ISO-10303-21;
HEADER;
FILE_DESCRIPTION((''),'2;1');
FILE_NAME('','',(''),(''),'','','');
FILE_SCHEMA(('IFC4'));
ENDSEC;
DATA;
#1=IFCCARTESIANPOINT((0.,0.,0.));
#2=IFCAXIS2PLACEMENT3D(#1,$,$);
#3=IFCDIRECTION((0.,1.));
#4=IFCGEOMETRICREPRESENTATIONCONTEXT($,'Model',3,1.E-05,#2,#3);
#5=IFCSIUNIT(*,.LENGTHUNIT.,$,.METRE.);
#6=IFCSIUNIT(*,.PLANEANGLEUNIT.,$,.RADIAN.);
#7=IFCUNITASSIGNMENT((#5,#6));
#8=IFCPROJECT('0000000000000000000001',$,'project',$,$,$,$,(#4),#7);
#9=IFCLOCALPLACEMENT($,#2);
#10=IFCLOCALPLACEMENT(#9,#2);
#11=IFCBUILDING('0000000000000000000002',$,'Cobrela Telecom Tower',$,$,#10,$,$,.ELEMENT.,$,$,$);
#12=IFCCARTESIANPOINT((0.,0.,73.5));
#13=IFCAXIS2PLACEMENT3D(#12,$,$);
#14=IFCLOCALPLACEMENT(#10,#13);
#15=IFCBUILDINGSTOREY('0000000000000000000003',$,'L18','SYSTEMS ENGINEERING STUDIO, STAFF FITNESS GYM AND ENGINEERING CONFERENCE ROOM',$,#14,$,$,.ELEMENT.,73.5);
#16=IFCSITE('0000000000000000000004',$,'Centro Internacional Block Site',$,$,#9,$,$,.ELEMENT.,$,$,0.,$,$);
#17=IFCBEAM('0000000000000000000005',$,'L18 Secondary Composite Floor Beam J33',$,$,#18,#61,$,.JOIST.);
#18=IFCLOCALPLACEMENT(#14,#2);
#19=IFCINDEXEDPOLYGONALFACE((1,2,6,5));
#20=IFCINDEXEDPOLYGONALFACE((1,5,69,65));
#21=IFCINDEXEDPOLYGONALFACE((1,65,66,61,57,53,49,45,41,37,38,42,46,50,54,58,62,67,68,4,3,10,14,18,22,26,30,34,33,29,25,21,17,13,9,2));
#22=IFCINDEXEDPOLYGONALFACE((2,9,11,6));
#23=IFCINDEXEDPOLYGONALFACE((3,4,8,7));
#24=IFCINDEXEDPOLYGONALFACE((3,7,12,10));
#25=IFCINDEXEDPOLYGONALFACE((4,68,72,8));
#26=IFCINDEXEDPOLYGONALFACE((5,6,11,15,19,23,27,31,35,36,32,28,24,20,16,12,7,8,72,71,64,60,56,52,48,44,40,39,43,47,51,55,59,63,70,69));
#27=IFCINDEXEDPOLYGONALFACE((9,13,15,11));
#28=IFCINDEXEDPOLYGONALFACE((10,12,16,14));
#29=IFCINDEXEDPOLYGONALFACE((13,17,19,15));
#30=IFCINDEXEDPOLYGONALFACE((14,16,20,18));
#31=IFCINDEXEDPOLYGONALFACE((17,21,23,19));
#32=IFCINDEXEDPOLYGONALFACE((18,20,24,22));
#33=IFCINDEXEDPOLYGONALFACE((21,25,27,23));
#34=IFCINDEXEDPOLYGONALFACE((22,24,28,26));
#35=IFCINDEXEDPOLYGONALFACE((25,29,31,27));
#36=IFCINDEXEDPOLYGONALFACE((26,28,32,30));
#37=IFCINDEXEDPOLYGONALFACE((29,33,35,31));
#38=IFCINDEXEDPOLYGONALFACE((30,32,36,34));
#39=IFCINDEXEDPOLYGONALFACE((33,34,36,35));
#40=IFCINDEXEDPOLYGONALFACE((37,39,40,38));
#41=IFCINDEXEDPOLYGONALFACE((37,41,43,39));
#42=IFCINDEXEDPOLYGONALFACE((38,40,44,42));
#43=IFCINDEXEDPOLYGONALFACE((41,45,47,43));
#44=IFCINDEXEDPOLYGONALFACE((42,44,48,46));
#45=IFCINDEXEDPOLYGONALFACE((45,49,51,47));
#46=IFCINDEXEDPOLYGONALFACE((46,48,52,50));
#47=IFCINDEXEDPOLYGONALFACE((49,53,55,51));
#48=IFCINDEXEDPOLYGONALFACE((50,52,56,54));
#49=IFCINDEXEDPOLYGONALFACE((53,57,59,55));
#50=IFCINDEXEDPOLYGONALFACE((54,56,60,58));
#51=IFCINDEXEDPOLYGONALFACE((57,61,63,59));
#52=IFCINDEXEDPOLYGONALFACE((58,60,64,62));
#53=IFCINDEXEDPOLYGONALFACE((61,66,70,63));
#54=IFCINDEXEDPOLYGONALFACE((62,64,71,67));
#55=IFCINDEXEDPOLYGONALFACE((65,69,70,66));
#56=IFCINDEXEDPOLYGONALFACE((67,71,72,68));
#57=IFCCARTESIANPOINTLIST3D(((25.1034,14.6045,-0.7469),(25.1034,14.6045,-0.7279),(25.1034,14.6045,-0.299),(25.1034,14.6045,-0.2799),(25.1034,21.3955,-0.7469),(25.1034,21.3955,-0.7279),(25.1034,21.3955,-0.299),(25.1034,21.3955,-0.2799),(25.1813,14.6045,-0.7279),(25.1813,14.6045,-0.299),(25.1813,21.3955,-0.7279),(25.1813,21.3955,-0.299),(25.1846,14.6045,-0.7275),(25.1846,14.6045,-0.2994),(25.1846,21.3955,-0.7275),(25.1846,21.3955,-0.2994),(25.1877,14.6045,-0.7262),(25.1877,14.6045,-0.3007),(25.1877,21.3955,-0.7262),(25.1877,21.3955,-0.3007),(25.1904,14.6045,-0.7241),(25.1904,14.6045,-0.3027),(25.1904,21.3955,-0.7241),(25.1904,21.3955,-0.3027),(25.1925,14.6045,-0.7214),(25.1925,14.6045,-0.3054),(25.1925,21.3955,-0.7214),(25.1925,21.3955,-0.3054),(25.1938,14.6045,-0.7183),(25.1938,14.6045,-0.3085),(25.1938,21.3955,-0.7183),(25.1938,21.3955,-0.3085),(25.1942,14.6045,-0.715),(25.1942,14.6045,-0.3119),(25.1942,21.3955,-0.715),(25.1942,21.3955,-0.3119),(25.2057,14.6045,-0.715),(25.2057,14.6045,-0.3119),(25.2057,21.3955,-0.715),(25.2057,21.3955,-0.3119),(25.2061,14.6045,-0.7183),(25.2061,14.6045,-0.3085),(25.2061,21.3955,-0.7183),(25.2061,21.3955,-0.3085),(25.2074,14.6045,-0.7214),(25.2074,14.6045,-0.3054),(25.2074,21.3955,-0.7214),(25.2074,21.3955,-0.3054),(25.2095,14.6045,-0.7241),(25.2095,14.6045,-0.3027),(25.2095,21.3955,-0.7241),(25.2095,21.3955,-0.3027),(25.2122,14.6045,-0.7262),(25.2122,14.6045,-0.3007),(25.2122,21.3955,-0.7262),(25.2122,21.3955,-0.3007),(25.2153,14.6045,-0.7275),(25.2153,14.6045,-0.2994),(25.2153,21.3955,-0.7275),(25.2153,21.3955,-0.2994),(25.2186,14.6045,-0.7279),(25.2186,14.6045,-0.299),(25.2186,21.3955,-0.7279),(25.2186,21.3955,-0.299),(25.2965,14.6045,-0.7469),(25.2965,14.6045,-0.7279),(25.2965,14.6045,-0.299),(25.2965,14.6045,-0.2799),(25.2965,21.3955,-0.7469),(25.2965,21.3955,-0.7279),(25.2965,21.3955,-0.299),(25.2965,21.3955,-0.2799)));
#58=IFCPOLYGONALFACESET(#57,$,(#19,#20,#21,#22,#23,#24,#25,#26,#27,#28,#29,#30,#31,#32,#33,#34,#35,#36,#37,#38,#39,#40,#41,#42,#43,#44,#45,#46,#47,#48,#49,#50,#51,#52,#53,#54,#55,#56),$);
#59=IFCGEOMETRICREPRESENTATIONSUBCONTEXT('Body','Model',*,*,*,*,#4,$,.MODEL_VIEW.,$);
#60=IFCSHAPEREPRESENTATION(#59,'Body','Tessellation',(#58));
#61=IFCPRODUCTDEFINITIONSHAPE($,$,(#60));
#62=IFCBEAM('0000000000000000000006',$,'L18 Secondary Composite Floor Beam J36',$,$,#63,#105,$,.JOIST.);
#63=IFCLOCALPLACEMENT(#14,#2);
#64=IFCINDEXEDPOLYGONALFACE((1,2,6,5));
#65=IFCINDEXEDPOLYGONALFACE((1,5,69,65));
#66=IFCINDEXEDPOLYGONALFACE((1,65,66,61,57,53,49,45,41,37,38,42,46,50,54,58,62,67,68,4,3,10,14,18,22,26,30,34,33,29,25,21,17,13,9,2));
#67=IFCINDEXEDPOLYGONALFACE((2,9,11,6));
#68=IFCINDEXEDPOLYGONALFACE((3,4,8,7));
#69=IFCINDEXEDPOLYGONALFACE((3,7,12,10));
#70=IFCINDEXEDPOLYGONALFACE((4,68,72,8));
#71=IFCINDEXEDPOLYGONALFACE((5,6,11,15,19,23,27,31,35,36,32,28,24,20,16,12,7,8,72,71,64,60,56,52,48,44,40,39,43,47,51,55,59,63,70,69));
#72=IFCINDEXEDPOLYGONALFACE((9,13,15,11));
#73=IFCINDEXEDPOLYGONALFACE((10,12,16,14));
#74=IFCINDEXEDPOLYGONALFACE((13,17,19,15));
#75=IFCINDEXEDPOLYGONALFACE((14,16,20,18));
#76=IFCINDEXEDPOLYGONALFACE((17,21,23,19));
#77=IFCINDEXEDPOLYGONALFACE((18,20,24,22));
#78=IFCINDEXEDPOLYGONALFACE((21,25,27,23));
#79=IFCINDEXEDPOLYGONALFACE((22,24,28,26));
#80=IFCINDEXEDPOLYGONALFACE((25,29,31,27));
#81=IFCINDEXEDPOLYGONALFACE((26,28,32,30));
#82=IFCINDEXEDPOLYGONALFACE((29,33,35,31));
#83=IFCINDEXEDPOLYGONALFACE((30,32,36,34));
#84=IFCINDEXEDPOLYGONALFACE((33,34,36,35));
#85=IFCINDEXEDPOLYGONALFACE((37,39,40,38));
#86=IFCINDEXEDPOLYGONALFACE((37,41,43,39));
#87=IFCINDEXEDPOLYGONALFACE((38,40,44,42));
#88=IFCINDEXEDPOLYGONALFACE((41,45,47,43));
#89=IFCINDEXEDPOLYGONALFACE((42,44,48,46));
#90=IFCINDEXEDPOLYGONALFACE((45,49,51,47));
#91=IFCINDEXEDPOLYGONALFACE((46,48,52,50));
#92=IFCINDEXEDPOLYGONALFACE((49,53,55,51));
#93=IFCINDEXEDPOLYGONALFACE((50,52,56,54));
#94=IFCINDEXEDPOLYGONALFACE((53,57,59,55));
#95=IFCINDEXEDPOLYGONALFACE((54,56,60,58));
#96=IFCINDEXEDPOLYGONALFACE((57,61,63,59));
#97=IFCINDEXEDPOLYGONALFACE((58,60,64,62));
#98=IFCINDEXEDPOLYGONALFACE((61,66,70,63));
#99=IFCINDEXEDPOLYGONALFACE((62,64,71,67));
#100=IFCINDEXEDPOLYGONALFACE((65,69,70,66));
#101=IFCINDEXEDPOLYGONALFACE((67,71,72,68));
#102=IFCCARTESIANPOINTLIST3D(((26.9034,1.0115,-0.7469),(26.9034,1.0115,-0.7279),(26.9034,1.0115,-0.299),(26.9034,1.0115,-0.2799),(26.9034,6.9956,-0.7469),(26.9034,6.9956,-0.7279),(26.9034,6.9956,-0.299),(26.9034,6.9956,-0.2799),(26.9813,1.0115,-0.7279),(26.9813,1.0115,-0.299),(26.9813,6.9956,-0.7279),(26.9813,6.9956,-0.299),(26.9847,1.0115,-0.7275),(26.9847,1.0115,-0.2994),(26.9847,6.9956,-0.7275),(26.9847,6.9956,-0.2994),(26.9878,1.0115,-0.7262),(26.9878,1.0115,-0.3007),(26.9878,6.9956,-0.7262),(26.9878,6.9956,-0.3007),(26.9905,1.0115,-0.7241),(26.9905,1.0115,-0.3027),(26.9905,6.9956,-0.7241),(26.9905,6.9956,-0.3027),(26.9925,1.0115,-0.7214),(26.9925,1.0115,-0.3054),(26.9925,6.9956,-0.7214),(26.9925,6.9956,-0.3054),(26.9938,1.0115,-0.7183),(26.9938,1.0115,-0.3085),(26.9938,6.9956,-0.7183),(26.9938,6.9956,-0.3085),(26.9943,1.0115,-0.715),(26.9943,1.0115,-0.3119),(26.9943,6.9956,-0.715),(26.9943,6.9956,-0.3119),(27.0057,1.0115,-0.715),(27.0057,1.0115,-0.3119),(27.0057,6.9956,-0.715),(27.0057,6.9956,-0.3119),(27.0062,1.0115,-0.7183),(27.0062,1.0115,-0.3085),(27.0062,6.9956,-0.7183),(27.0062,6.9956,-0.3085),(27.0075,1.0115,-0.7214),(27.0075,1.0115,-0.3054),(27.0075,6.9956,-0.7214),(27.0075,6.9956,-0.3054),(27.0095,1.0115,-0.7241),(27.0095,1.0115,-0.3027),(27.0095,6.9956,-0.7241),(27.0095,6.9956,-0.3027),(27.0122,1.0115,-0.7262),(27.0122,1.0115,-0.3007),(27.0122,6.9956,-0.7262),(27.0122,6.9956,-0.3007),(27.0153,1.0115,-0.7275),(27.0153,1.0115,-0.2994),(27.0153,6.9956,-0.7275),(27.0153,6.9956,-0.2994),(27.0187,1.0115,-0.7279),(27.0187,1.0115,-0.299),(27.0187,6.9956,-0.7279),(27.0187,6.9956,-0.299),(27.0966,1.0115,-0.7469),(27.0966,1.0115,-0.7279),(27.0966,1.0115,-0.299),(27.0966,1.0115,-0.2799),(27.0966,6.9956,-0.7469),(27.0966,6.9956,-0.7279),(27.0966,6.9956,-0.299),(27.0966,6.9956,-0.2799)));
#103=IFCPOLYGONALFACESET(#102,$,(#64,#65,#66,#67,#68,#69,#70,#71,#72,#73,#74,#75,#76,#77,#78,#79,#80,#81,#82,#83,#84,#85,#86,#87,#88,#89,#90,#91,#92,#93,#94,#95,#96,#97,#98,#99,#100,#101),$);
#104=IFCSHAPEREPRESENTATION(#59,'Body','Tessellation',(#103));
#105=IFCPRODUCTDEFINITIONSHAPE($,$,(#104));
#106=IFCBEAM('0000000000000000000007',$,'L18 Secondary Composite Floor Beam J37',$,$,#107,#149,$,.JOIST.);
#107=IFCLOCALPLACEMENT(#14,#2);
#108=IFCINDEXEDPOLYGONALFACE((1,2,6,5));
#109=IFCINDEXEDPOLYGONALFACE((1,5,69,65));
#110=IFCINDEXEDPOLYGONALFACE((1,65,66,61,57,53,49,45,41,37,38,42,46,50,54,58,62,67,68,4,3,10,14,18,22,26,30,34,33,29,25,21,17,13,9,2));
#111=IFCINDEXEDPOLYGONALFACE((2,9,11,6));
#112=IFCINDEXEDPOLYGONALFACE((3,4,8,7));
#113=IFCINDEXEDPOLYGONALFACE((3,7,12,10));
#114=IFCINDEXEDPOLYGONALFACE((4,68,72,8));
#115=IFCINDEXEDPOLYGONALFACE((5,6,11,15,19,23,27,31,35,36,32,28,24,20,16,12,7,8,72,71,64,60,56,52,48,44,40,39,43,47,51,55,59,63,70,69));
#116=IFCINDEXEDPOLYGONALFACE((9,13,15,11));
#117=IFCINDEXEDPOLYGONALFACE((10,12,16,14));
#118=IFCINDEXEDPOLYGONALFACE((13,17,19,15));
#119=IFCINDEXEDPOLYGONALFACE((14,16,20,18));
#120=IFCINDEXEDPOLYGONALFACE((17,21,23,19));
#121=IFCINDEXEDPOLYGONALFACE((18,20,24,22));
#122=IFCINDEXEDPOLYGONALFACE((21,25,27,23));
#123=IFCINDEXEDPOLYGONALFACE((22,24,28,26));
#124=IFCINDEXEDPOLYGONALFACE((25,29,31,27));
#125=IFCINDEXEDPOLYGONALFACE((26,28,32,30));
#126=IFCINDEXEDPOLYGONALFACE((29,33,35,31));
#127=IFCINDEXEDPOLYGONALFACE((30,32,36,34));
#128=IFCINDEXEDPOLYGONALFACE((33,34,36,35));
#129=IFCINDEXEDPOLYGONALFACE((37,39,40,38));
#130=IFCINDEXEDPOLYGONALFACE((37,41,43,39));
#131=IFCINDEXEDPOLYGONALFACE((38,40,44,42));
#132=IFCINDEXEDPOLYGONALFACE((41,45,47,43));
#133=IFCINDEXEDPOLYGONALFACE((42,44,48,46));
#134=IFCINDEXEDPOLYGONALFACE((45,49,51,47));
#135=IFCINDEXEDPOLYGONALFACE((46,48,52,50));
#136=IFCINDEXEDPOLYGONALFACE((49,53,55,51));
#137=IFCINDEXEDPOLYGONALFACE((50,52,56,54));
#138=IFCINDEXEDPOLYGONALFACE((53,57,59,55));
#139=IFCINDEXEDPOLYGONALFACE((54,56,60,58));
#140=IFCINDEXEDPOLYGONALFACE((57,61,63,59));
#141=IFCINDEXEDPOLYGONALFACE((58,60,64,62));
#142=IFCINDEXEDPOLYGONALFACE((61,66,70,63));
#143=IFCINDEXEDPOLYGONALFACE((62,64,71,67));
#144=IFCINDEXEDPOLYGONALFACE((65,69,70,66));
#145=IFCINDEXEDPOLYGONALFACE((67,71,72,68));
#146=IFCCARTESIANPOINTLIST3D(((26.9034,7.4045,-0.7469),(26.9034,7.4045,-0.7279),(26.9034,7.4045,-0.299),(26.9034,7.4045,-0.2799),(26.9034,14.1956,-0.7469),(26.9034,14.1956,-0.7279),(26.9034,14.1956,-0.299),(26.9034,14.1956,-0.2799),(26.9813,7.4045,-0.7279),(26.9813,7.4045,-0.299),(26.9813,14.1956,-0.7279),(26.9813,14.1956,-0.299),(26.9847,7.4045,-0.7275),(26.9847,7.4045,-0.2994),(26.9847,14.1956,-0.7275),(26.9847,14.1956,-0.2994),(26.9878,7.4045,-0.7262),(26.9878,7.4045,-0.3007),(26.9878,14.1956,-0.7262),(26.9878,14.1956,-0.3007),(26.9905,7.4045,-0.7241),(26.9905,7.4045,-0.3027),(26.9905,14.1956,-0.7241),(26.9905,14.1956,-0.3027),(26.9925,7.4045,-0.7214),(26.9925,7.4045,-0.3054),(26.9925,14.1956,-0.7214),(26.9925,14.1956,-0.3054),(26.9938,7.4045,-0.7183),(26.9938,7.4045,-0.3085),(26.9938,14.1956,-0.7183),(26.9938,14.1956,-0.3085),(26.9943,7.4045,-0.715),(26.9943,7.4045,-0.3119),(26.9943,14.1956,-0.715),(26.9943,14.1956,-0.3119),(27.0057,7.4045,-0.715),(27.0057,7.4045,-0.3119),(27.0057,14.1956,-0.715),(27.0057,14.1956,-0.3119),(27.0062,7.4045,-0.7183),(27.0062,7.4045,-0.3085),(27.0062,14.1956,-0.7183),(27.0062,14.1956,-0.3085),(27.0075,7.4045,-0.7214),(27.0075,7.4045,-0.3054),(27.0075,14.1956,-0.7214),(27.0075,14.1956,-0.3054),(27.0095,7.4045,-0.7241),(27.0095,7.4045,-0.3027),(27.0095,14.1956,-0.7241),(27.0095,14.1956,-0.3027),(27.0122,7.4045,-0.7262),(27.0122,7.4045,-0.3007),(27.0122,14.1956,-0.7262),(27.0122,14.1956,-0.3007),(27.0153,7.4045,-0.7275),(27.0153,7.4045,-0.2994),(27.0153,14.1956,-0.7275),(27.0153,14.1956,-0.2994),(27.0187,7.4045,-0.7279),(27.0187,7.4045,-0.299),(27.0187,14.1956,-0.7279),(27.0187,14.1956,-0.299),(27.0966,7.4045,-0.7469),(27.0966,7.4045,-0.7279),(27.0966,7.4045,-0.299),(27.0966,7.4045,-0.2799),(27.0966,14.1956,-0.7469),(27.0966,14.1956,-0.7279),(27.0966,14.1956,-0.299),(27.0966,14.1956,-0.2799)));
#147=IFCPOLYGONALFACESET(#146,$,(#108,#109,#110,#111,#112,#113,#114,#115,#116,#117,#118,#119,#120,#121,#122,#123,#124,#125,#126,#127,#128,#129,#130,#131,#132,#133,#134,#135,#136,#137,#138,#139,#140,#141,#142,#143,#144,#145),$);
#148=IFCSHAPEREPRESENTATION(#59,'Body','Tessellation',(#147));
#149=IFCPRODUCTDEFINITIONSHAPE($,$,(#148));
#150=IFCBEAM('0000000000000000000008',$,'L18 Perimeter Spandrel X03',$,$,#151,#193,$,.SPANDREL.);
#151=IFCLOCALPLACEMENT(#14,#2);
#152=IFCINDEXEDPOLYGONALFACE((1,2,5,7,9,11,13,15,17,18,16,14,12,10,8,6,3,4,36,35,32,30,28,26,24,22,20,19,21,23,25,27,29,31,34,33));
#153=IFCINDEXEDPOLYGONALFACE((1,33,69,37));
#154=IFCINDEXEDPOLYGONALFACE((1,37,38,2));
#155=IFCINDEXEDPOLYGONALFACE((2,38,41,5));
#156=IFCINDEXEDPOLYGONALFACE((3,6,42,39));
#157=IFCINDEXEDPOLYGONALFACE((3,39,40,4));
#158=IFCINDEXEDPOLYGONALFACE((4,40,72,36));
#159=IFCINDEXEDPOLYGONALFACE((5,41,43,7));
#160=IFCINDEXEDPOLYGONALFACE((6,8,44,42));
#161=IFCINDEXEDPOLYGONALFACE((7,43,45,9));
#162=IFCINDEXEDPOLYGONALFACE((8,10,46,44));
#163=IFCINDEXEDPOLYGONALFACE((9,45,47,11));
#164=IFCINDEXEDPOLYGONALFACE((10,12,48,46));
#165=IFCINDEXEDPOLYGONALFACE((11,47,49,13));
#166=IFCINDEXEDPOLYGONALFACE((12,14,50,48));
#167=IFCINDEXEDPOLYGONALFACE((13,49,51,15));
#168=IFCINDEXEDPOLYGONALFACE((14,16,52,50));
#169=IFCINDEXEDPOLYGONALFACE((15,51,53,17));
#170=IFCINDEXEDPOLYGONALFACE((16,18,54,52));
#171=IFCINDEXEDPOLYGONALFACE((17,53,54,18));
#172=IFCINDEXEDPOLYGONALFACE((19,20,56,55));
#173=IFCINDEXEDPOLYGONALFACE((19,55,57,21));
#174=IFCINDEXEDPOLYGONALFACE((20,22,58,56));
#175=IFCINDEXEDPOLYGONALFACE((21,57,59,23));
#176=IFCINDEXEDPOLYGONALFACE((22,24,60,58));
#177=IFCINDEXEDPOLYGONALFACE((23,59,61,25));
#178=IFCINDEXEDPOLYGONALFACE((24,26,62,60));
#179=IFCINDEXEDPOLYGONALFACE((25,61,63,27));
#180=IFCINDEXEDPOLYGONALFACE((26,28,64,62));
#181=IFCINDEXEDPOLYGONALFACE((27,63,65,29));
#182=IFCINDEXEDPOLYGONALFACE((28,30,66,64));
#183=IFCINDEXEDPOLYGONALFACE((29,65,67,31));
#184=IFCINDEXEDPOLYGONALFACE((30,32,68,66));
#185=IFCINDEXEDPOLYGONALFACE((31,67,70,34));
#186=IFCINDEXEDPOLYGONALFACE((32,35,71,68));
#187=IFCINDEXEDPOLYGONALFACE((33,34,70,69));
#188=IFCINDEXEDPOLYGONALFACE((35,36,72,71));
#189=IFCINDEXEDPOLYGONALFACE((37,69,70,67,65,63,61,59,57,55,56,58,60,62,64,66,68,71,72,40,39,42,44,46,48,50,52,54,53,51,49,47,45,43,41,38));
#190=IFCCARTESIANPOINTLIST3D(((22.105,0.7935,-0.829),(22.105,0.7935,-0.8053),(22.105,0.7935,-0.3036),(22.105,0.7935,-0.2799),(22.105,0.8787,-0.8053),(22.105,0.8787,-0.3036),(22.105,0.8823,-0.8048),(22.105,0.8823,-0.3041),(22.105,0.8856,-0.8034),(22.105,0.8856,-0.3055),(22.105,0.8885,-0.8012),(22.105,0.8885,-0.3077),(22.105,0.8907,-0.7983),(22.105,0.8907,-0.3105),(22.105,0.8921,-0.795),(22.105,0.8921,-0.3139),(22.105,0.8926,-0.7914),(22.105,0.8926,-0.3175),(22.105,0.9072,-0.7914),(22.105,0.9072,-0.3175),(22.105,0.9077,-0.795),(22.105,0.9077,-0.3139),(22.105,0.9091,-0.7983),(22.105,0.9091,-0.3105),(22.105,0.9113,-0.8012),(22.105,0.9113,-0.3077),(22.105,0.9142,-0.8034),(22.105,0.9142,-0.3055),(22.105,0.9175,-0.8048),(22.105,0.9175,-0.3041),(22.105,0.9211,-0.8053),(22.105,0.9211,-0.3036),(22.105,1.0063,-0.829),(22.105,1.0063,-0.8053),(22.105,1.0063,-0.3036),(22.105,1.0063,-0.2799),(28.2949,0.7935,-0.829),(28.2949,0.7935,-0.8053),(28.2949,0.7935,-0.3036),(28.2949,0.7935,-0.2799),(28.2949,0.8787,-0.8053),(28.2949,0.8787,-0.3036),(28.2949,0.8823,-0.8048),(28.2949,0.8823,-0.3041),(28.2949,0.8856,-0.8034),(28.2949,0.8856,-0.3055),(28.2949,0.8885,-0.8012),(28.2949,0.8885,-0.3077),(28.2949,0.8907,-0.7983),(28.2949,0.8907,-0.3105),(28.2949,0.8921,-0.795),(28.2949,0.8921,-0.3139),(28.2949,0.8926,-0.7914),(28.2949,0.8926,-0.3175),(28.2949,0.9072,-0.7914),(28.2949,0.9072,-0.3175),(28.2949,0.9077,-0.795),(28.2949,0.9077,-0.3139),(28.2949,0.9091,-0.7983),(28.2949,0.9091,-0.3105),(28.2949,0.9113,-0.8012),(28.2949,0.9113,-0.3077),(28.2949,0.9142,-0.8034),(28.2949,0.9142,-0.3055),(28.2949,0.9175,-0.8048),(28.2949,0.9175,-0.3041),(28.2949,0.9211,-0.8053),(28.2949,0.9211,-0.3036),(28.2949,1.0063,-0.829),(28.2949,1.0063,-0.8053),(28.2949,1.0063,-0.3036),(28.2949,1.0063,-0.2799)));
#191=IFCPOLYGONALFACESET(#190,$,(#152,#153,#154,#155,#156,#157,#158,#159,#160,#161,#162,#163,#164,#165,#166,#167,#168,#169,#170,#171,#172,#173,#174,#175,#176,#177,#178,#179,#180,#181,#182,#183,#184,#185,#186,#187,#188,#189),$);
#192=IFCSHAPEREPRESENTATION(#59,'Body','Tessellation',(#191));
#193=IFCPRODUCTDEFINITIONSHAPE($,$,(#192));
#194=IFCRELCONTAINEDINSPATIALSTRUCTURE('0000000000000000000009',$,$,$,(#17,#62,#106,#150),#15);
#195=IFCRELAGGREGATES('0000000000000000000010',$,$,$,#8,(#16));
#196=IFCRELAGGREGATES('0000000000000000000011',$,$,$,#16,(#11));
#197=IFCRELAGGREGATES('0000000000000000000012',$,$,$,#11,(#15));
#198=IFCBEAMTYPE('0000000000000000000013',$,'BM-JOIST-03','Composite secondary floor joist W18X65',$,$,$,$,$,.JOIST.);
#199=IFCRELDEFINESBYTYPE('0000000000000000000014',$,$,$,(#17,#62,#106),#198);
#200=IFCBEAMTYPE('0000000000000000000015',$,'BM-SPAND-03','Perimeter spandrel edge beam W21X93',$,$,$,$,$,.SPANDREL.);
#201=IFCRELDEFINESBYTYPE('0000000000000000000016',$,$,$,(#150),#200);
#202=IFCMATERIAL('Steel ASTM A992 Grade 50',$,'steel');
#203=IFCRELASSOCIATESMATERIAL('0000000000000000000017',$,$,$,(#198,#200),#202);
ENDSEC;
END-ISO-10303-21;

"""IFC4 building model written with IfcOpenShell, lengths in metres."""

from ifc_helpers import new_model, si_unit, direction, frame, origin, origin_2d, place, context, subcontext, project, spatial, i_section, extrude, material, material_profile, profile_set, type_object, element, save


model = new_model("IFC4")

# Units and contexts
model_context = context("Model", 3, precision=1e-05, world=origin(), true_north=direction((0.0, 1.0)))
body_context = subcontext(model_context, "Body", "Model", "MODEL_VIEW")
ifc_project = project(units=[si_unit("LENGTHUNIT", "METRE"), si_unit("PLANEANGLEUNIT", "RADIAN")], contexts=[model_context])

# Site, building, storey
site_placement = place(None, origin())
site = spatial("IfcSite", under=ifc_project, at=site_placement, Name="Centro Internacional Block Site", CompositionType="ELEMENT", RefElevation=0.0)
building_placement = place(site_placement, origin())
building = spatial("IfcBuilding", under=site, at=building_placement, Name="Cobrela Telecom Tower", CompositionType="ELEMENT")
storey_placement = place(building_placement, frame((0.0, 0.0, 73.5)))
storey = spatial("IfcBuildingStorey", under=building, at=storey_placement, Name="L18", Description="SYSTEMS ENGINEERING STUDIO, STAFF FITNESS GYM AND ENGINEERING CONFERENCE ROOM", CompositionType="ELEMENT", Elevation=73.5)

# Shared definitions
ifc_material_1 = material(Name="Steel ASTM A992 Grade 50", Category="steel")

# Beams
ifc_material_profile_1 = material_profile(ifc_material_1, i_section(OverallWidth=0.1931, OverallDepth=0.467, WebThickness=0.0115, FlangeThickness=0.019, FilletRadius=0.0129, at=origin_2d()), Name="W18X65")
ifc_profile_set_1 = profile_set([ifc_material_profile_1], Name="Steel ASTM A992 Grade 50")
beam_type_1 = type_object("IfcBeamType", Name="BM-JOIST-03", Description="Composite secondary floor joist W18X65", PredefinedType="JOIST", material=ifc_profile_set_1)
for number, where, z_axis, x_axis, name in (
    (1, (25.2, 14.6045, -0.5134), (0.0, 1.0, 0.0), (-1.0, 0.0, 0.0), "L18 Secondary Composite Floor Beam J33"),
):
    element("IfcBeam", number, at=place(storey_placement, frame(where, z_axis=z_axis, x_axis=x_axis)), inside=storey, type_object=beam_type_1, Name=name, PredefinedType="JOIST", context=body_context, shape_type="SweptSolid", body=[
        extrude(i_section(OverallWidth=0.1931, OverallDepth=0.467, WebThickness=0.0115, FlangeThickness=0.019, FilletRadius=0.0129, at=origin_2d()), origin(), (0.0, 0.0, 1.0), 6.791),
    ])
beam_1_placement = place(storey_placement, frame((27.0, 1.0115, -0.5134), z_axis=(0.0, 1.0, 0.0), x_axis=(-1.0, 0.0, 0.0)))
element("IfcBeam", 2, at=beam_1_placement, inside=storey, type_object=beam_type_1, Name="L18 Secondary Composite Floor Beam J36", PredefinedType="JOIST", context=body_context, shape_type="SweptSolid", body=[
    extrude(i_section(OverallWidth=0.1931, OverallDepth=0.467, WebThickness=0.0115, FlangeThickness=0.019, FilletRadius=0.0129, at=origin_2d()), origin(), (0.0, 0.0, 1.0), 5.9841),
])
beam_2_placement = place(storey_placement, frame((27.0, 7.4045, -0.5134), z_axis=(0.0, 1.0, 0.0), x_axis=(-1.0, 0.0, 0.0)))
element("IfcBeam", 3, at=beam_2_placement, inside=storey, type_object=beam_type_1, Name="L18 Secondary Composite Floor Beam J37", PredefinedType="JOIST", context=body_context, shape_type="SweptSolid", body=[
    extrude(i_section(OverallWidth=0.1931, OverallDepth=0.467, WebThickness=0.0115, FlangeThickness=0.019, FilletRadius=0.0129, at=origin_2d()), origin(), (0.0, 0.0, 1.0), 6.791),
])
ifc_material_profile_2 = material_profile(ifc_material_1, i_section(OverallWidth=0.2129, OverallDepth=0.5491, WebThickness=0.0146, FlangeThickness=0.0237, FilletRadius=0.0139, at=origin_2d()), Name="W21X93")
ifc_profile_set_2 = profile_set([ifc_material_profile_2], Name="Steel ASTM A992 Grade 50")
beam_type_2 = type_object("IfcBeamType", Name="BM-SPAND-03", Description="Perimeter spandrel edge beam W21X93", PredefinedType="SPANDREL", material=ifc_profile_set_2)
beam_3_placement = place(storey_placement, frame((22.105, 0.8999, -0.5544), z_axis=(1.0, 0.0, 0.0), x_axis=(0.0, 1.0, 0.0)))
element("IfcBeam", 4, at=beam_3_placement, inside=storey, type_object=beam_type_2, Name="L18 Perimeter Spandrel X03", PredefinedType="SPANDREL", context=body_context, shape_type="SweptSolid", body=[
    extrude(i_section(OverallWidth=0.2129, OverallDepth=0.5491, WebThickness=0.0146, FlangeThickness=0.0237, FilletRadius=0.0139, at=origin_2d()), origin(), (0.0, 0.0, 1.0), 6.1899),
])

save(model, "model.ifc")
